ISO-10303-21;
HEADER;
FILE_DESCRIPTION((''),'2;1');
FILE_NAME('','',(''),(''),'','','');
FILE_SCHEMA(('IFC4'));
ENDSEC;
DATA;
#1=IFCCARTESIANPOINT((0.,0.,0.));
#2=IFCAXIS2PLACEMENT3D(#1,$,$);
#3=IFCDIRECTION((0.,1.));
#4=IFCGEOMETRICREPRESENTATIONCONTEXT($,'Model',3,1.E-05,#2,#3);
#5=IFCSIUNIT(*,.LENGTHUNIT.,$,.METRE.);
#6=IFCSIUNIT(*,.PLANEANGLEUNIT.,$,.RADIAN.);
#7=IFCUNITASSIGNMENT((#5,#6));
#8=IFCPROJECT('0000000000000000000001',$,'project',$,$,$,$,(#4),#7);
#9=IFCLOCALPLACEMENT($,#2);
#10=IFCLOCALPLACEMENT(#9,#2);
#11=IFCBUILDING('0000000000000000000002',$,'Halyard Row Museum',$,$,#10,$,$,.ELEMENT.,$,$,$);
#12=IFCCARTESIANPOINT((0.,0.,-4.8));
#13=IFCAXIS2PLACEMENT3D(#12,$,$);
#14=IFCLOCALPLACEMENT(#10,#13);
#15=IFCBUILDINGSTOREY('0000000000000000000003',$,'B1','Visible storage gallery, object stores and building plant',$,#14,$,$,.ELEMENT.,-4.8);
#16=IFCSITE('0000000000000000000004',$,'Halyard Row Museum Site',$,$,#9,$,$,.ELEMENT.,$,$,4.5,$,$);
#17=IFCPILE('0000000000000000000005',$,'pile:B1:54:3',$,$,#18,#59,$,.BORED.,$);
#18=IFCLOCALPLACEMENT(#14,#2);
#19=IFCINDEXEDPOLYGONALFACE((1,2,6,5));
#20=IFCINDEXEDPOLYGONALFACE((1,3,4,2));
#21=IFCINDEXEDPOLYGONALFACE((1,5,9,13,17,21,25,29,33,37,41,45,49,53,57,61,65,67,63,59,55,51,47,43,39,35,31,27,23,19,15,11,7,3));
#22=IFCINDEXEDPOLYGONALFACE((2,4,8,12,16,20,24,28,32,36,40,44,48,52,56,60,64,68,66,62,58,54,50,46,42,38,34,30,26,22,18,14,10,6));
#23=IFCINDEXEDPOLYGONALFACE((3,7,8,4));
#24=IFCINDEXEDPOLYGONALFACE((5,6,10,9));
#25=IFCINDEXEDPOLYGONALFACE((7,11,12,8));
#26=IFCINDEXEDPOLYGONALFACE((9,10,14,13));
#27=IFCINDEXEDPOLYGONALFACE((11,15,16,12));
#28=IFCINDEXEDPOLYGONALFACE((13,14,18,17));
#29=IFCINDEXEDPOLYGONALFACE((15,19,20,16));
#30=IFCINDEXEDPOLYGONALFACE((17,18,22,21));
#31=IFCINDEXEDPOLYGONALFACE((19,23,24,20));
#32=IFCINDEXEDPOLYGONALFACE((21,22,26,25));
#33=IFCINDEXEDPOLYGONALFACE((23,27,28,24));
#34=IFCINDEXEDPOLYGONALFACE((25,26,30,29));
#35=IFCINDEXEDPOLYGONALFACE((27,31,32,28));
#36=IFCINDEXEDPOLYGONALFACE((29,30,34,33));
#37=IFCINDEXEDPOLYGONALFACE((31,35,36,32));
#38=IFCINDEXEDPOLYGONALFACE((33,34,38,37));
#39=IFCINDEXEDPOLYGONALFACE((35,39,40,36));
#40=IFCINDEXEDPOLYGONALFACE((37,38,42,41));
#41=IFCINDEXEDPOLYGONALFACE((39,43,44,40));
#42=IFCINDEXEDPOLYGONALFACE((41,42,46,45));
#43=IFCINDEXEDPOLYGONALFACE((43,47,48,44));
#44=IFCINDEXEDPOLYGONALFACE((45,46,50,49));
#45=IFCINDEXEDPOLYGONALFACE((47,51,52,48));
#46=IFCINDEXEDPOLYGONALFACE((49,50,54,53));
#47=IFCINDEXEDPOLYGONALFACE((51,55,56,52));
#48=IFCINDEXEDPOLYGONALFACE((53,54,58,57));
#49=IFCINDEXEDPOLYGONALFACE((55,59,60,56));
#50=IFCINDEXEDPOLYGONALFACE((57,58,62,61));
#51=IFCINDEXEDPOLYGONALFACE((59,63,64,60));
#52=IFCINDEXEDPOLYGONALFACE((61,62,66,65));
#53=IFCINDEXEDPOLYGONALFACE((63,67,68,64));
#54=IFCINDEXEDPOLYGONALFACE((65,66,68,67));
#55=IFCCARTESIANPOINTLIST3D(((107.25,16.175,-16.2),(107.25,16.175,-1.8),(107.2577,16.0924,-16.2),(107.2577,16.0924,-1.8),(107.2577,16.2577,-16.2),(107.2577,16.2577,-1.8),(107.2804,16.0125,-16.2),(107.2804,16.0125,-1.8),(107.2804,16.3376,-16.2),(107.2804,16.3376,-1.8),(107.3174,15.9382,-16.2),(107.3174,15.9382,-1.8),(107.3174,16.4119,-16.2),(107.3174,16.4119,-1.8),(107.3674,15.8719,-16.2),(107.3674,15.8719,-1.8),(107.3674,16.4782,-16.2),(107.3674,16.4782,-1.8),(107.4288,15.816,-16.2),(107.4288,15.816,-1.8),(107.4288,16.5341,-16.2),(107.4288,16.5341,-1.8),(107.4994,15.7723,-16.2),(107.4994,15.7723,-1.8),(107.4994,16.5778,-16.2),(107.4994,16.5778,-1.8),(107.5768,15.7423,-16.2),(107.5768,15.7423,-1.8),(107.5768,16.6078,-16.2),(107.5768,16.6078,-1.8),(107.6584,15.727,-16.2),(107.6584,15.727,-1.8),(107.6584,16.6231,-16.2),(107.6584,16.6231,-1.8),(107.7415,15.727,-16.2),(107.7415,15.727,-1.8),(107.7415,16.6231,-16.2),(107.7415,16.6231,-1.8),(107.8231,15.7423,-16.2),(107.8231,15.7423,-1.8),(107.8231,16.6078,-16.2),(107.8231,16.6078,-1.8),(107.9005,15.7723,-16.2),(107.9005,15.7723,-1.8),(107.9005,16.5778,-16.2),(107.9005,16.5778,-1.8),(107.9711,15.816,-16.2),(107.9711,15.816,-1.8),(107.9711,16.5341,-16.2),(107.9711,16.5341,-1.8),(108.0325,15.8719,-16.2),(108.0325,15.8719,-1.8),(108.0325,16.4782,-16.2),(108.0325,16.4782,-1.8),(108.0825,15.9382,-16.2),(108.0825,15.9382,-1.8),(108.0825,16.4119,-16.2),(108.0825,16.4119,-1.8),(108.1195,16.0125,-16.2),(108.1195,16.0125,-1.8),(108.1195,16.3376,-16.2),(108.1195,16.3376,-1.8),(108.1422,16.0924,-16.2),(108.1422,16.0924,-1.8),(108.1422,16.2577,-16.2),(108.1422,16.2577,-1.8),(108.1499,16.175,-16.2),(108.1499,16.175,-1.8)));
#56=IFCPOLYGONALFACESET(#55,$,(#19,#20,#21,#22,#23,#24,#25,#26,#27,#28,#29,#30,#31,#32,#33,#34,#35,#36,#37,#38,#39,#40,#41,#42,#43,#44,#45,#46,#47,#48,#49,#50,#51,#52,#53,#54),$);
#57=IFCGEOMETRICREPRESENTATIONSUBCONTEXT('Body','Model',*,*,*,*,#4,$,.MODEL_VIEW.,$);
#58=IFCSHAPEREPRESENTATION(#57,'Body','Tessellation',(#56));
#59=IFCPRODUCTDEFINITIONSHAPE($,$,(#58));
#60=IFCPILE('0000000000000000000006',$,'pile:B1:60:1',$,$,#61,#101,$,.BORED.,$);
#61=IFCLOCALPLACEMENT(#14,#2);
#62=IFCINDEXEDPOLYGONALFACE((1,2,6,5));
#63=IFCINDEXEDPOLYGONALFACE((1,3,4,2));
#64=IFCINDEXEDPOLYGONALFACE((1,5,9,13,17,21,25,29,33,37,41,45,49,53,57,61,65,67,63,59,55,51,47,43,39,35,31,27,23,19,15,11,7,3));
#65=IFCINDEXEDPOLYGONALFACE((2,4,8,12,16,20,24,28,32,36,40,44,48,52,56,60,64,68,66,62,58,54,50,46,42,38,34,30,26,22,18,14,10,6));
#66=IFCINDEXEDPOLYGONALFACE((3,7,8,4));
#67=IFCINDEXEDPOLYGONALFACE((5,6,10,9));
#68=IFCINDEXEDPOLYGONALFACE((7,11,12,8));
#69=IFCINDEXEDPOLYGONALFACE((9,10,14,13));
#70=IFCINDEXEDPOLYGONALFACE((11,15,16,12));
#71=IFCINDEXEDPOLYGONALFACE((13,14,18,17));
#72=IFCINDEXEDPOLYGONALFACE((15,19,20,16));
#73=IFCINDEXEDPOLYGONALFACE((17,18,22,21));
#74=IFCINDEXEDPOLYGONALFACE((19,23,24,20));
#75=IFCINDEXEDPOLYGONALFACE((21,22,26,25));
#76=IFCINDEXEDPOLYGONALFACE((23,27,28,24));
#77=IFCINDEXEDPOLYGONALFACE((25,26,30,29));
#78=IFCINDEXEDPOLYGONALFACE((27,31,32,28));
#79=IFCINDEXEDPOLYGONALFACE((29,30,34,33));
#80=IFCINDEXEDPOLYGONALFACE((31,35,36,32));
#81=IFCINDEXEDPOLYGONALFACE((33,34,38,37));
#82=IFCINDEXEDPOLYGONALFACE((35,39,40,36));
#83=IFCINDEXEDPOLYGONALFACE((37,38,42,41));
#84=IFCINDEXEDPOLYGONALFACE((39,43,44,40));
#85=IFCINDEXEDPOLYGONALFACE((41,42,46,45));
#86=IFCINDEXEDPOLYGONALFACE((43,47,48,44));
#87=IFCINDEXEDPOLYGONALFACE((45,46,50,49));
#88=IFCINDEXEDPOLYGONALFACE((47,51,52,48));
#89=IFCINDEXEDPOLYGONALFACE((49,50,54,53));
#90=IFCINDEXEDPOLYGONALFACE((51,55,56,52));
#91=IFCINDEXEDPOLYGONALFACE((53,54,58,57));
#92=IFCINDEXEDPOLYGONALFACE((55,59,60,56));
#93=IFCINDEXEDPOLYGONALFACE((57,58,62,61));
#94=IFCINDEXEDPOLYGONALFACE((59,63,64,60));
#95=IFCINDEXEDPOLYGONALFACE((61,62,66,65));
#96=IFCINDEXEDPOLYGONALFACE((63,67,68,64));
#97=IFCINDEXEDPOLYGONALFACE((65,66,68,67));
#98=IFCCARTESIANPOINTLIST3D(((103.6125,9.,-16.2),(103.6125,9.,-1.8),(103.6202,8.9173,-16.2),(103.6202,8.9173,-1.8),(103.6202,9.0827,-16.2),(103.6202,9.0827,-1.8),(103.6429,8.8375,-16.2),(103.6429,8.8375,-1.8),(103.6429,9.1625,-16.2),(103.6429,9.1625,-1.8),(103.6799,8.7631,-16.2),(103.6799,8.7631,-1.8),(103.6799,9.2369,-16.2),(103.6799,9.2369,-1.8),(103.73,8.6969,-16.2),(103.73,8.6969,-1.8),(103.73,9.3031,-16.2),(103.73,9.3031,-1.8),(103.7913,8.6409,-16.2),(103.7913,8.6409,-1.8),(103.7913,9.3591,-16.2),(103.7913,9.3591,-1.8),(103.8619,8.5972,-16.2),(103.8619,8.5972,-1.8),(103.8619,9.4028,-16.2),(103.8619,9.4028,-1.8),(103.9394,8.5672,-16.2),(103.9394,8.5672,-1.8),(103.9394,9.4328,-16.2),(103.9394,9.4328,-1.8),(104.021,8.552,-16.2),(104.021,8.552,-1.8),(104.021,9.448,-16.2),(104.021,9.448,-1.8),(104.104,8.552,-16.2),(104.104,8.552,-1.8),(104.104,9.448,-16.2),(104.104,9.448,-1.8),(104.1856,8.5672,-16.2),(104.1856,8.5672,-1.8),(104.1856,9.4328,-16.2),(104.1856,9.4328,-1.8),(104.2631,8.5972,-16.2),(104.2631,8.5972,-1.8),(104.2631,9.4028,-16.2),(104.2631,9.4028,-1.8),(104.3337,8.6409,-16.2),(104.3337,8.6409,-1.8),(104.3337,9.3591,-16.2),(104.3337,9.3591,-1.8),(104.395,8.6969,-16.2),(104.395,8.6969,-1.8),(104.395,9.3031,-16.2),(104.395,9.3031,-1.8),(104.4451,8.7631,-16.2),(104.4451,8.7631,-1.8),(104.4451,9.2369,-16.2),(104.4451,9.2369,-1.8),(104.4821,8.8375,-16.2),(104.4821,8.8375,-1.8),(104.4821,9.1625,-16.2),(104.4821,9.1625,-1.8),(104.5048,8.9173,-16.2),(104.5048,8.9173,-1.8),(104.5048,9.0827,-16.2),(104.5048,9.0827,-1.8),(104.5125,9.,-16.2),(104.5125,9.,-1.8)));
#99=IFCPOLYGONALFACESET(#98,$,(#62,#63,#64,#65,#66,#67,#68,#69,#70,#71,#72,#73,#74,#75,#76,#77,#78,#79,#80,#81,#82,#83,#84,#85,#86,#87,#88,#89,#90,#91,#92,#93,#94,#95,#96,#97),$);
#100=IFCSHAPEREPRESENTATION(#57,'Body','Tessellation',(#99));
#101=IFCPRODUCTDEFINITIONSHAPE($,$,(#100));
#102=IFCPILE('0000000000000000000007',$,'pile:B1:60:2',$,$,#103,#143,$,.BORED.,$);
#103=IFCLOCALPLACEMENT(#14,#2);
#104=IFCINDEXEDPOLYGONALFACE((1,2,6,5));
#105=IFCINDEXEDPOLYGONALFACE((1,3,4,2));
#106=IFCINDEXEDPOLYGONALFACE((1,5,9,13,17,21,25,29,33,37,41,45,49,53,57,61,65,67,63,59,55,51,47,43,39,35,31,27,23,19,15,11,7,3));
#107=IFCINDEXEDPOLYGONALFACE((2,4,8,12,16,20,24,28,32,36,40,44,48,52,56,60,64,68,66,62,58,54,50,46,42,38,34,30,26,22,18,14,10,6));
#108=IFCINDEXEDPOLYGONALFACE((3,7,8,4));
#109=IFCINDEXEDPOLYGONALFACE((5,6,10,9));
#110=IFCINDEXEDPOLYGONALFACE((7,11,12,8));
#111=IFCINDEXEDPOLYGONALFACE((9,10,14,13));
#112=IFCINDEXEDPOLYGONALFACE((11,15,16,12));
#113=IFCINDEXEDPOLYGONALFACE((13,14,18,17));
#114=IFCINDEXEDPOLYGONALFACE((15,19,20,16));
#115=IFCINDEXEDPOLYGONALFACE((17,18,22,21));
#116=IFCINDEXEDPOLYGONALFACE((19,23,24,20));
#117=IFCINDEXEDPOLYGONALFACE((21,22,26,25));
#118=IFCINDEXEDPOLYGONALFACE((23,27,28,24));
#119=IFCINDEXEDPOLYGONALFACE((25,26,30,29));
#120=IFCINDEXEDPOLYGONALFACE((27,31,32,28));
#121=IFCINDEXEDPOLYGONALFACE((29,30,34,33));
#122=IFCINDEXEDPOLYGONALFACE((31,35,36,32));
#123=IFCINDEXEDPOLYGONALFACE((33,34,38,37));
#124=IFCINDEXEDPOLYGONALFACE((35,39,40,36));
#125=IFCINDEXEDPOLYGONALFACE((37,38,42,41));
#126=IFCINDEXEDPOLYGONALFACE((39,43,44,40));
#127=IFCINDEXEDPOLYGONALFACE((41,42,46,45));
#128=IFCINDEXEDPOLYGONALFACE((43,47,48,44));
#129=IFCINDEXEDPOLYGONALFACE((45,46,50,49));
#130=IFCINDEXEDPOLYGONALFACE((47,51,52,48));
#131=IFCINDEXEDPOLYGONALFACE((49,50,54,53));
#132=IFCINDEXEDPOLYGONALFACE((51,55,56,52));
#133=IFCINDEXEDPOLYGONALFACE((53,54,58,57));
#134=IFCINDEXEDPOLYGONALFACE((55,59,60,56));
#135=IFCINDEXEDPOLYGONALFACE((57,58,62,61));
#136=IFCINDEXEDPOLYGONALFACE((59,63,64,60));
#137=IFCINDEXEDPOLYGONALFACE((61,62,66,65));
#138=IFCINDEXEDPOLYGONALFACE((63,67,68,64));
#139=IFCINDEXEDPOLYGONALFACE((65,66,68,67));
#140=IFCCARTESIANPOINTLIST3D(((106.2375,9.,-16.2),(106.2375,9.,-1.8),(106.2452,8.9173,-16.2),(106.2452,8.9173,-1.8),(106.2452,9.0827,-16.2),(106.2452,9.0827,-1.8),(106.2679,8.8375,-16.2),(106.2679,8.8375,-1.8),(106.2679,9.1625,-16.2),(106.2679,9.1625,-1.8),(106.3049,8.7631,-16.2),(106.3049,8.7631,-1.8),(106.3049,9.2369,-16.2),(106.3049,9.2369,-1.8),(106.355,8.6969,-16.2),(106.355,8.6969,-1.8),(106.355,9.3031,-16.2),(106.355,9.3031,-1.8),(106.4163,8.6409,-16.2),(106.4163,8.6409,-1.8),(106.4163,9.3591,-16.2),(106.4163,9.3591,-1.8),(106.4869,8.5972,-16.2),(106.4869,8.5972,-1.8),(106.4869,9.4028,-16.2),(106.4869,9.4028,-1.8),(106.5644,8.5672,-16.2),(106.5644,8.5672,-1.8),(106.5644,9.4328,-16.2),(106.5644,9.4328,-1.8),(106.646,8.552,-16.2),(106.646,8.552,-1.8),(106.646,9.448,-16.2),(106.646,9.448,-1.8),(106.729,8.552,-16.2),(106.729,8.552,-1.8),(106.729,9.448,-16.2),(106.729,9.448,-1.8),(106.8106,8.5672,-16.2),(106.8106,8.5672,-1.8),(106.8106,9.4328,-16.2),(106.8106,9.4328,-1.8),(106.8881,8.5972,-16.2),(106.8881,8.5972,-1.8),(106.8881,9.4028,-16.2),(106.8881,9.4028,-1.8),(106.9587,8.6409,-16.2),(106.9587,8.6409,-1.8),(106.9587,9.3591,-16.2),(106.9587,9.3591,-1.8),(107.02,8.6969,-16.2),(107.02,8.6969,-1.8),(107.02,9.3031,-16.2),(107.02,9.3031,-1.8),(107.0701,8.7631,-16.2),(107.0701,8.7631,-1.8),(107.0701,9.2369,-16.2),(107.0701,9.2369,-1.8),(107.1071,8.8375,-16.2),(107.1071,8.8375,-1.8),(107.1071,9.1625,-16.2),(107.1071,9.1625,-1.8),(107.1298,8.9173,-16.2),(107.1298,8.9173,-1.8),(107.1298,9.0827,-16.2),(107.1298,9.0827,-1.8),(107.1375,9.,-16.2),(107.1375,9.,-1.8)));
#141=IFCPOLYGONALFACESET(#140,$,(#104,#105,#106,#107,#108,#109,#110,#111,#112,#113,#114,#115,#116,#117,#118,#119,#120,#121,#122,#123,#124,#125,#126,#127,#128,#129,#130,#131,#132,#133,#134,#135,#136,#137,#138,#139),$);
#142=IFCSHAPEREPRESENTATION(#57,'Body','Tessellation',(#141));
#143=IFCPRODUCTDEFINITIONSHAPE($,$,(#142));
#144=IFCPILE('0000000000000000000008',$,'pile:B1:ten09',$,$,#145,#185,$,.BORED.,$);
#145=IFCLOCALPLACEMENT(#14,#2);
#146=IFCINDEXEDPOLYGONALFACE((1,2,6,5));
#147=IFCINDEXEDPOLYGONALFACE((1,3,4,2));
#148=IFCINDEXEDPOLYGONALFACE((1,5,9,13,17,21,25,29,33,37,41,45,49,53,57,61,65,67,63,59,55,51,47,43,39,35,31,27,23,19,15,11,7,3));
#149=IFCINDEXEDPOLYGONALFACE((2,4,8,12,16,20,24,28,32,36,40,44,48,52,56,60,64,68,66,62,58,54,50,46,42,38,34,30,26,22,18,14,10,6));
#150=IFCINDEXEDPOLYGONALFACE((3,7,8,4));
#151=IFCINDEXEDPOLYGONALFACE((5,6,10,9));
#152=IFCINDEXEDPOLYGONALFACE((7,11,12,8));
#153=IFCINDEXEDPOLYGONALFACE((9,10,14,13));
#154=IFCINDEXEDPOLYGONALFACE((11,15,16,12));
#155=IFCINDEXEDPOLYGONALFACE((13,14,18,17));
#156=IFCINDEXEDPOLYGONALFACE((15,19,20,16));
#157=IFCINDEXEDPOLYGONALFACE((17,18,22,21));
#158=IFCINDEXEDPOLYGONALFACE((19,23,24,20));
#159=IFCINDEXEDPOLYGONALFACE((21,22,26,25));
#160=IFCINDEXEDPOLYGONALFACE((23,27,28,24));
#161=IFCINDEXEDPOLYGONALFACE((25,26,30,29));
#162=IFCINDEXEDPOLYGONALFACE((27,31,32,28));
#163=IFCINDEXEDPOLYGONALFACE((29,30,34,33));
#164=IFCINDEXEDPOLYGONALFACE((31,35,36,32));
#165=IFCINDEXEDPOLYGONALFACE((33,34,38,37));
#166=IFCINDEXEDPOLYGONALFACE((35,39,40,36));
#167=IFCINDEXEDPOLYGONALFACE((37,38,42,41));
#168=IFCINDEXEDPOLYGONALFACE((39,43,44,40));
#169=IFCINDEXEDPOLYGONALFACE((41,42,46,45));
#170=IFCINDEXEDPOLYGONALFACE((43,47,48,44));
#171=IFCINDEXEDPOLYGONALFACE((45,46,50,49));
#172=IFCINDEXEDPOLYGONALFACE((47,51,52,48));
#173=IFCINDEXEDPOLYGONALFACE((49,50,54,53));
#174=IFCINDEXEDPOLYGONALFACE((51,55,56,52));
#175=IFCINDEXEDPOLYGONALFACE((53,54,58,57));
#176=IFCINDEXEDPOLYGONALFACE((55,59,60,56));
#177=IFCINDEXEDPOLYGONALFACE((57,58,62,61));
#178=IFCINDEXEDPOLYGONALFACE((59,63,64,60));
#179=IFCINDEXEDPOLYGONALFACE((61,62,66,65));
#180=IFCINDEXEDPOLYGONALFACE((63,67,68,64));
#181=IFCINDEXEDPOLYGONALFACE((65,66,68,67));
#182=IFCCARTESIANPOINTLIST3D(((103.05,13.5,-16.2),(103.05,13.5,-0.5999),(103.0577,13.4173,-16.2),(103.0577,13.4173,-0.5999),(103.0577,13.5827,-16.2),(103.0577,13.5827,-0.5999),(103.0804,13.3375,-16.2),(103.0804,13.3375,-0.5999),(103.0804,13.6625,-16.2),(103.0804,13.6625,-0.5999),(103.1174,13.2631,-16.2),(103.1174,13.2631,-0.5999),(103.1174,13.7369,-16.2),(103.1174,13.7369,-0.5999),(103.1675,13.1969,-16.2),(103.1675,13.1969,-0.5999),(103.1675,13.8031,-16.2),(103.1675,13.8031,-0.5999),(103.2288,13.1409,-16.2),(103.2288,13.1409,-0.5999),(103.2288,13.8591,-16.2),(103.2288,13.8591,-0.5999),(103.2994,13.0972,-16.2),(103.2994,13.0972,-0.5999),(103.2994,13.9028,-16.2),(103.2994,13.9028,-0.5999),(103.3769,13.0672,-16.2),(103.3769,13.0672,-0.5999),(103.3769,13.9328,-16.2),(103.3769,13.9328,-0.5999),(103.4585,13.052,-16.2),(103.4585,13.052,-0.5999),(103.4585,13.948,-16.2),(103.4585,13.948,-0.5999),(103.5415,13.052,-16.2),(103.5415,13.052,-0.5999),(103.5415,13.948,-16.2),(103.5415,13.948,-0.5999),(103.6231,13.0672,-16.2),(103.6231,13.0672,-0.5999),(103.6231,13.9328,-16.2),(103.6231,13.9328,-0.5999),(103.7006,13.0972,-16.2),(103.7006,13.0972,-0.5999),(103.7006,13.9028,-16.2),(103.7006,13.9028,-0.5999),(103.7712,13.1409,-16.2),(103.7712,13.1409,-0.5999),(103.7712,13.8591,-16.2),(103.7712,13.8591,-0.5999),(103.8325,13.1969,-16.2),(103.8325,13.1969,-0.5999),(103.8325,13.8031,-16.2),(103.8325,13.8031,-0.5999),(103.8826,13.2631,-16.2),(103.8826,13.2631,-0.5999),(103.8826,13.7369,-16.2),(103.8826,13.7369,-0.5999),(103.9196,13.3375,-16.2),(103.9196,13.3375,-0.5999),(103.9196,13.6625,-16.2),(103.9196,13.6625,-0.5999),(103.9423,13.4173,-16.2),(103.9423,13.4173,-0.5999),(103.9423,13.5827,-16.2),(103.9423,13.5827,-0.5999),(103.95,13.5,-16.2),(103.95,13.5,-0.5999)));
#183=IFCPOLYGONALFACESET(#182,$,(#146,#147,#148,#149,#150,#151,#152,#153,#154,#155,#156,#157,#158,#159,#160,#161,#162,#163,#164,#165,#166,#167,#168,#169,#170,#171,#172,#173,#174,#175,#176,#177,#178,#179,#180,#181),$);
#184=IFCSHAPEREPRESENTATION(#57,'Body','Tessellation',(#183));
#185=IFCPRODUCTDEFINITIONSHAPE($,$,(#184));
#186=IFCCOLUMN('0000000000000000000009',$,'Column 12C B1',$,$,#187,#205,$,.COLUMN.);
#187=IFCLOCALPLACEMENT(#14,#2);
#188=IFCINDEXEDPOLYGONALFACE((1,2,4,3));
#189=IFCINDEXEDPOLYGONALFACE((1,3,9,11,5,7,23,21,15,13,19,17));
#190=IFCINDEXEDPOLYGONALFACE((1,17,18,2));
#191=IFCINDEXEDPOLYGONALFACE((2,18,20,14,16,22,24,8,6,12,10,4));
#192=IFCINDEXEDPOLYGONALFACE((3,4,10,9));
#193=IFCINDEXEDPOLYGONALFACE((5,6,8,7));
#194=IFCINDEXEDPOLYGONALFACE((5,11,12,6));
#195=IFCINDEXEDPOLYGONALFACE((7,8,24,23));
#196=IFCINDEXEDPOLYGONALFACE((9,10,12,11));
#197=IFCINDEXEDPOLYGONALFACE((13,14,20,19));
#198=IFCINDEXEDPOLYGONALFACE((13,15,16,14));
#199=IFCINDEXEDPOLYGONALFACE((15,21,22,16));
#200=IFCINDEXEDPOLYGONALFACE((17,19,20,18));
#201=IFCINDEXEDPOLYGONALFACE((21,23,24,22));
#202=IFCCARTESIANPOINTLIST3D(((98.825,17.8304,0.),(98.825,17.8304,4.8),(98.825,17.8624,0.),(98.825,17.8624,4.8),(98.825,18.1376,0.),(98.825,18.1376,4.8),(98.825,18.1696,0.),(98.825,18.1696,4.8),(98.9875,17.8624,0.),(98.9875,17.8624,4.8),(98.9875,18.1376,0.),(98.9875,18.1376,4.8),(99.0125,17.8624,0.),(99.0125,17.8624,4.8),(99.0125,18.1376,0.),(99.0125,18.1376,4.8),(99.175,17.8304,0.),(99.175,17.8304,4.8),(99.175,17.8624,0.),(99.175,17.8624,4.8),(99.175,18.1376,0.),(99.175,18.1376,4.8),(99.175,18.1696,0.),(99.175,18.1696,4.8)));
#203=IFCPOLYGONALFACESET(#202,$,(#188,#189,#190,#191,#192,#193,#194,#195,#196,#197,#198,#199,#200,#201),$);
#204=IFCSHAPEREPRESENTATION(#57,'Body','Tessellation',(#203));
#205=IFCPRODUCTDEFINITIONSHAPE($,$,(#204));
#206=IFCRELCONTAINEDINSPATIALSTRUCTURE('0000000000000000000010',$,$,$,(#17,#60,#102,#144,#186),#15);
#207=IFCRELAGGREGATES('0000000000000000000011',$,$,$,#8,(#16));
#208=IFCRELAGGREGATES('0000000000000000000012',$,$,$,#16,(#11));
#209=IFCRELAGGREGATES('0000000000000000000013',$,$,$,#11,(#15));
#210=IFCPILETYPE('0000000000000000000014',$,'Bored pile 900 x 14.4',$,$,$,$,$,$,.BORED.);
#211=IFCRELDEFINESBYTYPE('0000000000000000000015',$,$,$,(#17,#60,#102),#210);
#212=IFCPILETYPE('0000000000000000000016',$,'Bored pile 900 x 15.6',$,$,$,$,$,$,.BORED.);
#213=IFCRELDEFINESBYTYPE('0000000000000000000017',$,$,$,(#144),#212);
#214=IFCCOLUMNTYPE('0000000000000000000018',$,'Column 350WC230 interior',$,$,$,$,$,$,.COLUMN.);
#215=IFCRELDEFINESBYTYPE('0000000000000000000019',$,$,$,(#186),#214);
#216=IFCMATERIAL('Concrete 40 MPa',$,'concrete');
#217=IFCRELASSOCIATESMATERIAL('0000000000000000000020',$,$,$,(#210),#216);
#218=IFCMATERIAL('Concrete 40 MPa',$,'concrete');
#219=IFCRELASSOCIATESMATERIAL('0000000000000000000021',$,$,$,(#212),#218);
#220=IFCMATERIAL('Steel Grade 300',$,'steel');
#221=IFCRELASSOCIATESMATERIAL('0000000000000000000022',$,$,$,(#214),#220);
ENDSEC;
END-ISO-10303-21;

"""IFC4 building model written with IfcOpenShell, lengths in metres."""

from ifc_helpers import new_model, si_unit, direction, frame, origin, origin_2d, place, context, subcontext, project, spatial, circle, i_section, extrude, material, material_profile, profile_set, type_object, element, save


model = new_model("IFC4")

# Units and contexts
model_context = context("Model", 3, precision=1e-05, world=origin(), true_north=direction((0.0, 1.0)))
body_context = subcontext(model_context, "Body", "Model", "MODEL_VIEW")
ifc_project = project(units=[si_unit("LENGTHUNIT", "METRE"), si_unit("PLANEANGLEUNIT", "RADIAN")], contexts=[model_context])

# Site, building, storey
site_placement = place(None, origin())
site = spatial("IfcSite", under=ifc_project, at=site_placement, Name="Halyard Row Museum Site", CompositionType="ELEMENT", RefElevation=4.5)
building_placement = place(site_placement, origin())
building = spatial("IfcBuilding", under=site, at=building_placement, Name="Halyard Row Museum", CompositionType="ELEMENT")
storey_placement = place(building_placement, frame((0.0, 0.0, -4.8)))
storey = spatial("IfcBuildingStorey", under=building, at=storey_placement, Name="B1", Description="Visible storage gallery, object stores and building plant", CompositionType="ELEMENT", Elevation=-4.8)

# Piles
ifc_material_1 = material(Name="Concrete 40 MPa", Category="concrete")
ifc_material_profile_1 = material_profile(ifc_material_1, circle(Radius=0.45, at=origin_2d()), Name="Bored pile 900 x 14.4")
ifc_profile_set_1 = profile_set([ifc_material_profile_1], Name="Concrete 40 MPa")
pile_type_1 = type_object("IfcPileType", Name="Bored pile 900 x 14.4", PredefinedType="BORED", material=ifc_profile_set_1)
for number, where, z_axis, x_axis, name in (
    (1, (107.7, 16.175, -1.8), (0.0, 0.0, -1.0), (1.0, 0.0, 0.0), "pile:B1:54:3"),
    (2, (104.0625, 9.0, -1.8), (0.0, 0.0, -1.0), (1.0, 0.0, 0.0), "pile:B1:60:1"),
    (3, (106.6875, 9.0, -1.8), (0.0, 0.0, -1.0), (1.0, 0.0, 0.0), "pile:B1:60:2"),
):
    element("IfcPile", number, at=place(storey_placement, frame(where, z_axis=z_axis, x_axis=x_axis)), inside=storey, type_object=pile_type_1, Name=name, PredefinedType="BORED", context=body_context, shape_type="SweptSolid", body=[
        extrude(circle(Radius=0.45, at=origin_2d()), origin(), (0.0, 0.0, 1.0), 14.3999),
    ])
ifc_material_2 = material(Name="Concrete 40 MPa", Category="concrete")
ifc_material_profile_2 = material_profile(ifc_material_2, circle(Radius=0.45, at=origin_2d()), Name="Bored pile 900 x 15.6")
ifc_profile_set_2 = profile_set([ifc_material_profile_2], Name="Concrete 40 MPa")
pile_type_2 = type_object("IfcPileType", Name="Bored pile 900 x 15.6", PredefinedType="BORED", material=ifc_profile_set_2)
pile_placement = place(storey_placement, frame((103.5, 13.5, -0.5999), z_axis=(0.0, 0.0, -1.0), x_axis=(1.0, 0.0, 0.0)))
element("IfcPile", 4, at=pile_placement, inside=storey, type_object=pile_type_2, Name="pile:B1:ten09", PredefinedType="BORED", context=body_context, shape_type="SweptSolid", body=[
    extrude(circle(Radius=0.45, at=origin_2d()), origin(), (0.0, 0.0, 1.0), 15.6001),
])

# Column
ifc_material_3 = material(Name="Steel Grade 300", Category="steel")
ifc_material_profile_3 = material_profile(ifc_material_3, i_section(OverallWidth=0.3501, OverallDepth=0.3391, WebThickness=0.0249, FlangeThickness=0.032, at=origin_2d()), Name="350WC230")
ifc_profile_set_3 = profile_set([ifc_material_profile_3], Name="Steel Grade 300")
column_type_1 = type_object("IfcColumnType", Name="Column 350WC230 interior", PredefinedType="COLUMN", material=ifc_profile_set_3)
column_1_placement = place(storey_placement, frame((99.0, 18.0, 0.0), z_axis=(0.0, 0.0, 1.0), x_axis=(1.0, 0.0, 0.0)))
element("IfcColumn", 5, at=column_1_placement, inside=storey, type_object=column_type_1, Name="Column 12C B1", PredefinedType="COLUMN", context=body_context, shape_type="SweptSolid", body=[
    extrude(i_section(OverallWidth=0.3501, OverallDepth=0.3391, WebThickness=0.0249, FlangeThickness=0.032, at=origin_2d()), origin(), (0.0, 0.0, 1.0), 4.8),
])

save(model, "model.ifc")
